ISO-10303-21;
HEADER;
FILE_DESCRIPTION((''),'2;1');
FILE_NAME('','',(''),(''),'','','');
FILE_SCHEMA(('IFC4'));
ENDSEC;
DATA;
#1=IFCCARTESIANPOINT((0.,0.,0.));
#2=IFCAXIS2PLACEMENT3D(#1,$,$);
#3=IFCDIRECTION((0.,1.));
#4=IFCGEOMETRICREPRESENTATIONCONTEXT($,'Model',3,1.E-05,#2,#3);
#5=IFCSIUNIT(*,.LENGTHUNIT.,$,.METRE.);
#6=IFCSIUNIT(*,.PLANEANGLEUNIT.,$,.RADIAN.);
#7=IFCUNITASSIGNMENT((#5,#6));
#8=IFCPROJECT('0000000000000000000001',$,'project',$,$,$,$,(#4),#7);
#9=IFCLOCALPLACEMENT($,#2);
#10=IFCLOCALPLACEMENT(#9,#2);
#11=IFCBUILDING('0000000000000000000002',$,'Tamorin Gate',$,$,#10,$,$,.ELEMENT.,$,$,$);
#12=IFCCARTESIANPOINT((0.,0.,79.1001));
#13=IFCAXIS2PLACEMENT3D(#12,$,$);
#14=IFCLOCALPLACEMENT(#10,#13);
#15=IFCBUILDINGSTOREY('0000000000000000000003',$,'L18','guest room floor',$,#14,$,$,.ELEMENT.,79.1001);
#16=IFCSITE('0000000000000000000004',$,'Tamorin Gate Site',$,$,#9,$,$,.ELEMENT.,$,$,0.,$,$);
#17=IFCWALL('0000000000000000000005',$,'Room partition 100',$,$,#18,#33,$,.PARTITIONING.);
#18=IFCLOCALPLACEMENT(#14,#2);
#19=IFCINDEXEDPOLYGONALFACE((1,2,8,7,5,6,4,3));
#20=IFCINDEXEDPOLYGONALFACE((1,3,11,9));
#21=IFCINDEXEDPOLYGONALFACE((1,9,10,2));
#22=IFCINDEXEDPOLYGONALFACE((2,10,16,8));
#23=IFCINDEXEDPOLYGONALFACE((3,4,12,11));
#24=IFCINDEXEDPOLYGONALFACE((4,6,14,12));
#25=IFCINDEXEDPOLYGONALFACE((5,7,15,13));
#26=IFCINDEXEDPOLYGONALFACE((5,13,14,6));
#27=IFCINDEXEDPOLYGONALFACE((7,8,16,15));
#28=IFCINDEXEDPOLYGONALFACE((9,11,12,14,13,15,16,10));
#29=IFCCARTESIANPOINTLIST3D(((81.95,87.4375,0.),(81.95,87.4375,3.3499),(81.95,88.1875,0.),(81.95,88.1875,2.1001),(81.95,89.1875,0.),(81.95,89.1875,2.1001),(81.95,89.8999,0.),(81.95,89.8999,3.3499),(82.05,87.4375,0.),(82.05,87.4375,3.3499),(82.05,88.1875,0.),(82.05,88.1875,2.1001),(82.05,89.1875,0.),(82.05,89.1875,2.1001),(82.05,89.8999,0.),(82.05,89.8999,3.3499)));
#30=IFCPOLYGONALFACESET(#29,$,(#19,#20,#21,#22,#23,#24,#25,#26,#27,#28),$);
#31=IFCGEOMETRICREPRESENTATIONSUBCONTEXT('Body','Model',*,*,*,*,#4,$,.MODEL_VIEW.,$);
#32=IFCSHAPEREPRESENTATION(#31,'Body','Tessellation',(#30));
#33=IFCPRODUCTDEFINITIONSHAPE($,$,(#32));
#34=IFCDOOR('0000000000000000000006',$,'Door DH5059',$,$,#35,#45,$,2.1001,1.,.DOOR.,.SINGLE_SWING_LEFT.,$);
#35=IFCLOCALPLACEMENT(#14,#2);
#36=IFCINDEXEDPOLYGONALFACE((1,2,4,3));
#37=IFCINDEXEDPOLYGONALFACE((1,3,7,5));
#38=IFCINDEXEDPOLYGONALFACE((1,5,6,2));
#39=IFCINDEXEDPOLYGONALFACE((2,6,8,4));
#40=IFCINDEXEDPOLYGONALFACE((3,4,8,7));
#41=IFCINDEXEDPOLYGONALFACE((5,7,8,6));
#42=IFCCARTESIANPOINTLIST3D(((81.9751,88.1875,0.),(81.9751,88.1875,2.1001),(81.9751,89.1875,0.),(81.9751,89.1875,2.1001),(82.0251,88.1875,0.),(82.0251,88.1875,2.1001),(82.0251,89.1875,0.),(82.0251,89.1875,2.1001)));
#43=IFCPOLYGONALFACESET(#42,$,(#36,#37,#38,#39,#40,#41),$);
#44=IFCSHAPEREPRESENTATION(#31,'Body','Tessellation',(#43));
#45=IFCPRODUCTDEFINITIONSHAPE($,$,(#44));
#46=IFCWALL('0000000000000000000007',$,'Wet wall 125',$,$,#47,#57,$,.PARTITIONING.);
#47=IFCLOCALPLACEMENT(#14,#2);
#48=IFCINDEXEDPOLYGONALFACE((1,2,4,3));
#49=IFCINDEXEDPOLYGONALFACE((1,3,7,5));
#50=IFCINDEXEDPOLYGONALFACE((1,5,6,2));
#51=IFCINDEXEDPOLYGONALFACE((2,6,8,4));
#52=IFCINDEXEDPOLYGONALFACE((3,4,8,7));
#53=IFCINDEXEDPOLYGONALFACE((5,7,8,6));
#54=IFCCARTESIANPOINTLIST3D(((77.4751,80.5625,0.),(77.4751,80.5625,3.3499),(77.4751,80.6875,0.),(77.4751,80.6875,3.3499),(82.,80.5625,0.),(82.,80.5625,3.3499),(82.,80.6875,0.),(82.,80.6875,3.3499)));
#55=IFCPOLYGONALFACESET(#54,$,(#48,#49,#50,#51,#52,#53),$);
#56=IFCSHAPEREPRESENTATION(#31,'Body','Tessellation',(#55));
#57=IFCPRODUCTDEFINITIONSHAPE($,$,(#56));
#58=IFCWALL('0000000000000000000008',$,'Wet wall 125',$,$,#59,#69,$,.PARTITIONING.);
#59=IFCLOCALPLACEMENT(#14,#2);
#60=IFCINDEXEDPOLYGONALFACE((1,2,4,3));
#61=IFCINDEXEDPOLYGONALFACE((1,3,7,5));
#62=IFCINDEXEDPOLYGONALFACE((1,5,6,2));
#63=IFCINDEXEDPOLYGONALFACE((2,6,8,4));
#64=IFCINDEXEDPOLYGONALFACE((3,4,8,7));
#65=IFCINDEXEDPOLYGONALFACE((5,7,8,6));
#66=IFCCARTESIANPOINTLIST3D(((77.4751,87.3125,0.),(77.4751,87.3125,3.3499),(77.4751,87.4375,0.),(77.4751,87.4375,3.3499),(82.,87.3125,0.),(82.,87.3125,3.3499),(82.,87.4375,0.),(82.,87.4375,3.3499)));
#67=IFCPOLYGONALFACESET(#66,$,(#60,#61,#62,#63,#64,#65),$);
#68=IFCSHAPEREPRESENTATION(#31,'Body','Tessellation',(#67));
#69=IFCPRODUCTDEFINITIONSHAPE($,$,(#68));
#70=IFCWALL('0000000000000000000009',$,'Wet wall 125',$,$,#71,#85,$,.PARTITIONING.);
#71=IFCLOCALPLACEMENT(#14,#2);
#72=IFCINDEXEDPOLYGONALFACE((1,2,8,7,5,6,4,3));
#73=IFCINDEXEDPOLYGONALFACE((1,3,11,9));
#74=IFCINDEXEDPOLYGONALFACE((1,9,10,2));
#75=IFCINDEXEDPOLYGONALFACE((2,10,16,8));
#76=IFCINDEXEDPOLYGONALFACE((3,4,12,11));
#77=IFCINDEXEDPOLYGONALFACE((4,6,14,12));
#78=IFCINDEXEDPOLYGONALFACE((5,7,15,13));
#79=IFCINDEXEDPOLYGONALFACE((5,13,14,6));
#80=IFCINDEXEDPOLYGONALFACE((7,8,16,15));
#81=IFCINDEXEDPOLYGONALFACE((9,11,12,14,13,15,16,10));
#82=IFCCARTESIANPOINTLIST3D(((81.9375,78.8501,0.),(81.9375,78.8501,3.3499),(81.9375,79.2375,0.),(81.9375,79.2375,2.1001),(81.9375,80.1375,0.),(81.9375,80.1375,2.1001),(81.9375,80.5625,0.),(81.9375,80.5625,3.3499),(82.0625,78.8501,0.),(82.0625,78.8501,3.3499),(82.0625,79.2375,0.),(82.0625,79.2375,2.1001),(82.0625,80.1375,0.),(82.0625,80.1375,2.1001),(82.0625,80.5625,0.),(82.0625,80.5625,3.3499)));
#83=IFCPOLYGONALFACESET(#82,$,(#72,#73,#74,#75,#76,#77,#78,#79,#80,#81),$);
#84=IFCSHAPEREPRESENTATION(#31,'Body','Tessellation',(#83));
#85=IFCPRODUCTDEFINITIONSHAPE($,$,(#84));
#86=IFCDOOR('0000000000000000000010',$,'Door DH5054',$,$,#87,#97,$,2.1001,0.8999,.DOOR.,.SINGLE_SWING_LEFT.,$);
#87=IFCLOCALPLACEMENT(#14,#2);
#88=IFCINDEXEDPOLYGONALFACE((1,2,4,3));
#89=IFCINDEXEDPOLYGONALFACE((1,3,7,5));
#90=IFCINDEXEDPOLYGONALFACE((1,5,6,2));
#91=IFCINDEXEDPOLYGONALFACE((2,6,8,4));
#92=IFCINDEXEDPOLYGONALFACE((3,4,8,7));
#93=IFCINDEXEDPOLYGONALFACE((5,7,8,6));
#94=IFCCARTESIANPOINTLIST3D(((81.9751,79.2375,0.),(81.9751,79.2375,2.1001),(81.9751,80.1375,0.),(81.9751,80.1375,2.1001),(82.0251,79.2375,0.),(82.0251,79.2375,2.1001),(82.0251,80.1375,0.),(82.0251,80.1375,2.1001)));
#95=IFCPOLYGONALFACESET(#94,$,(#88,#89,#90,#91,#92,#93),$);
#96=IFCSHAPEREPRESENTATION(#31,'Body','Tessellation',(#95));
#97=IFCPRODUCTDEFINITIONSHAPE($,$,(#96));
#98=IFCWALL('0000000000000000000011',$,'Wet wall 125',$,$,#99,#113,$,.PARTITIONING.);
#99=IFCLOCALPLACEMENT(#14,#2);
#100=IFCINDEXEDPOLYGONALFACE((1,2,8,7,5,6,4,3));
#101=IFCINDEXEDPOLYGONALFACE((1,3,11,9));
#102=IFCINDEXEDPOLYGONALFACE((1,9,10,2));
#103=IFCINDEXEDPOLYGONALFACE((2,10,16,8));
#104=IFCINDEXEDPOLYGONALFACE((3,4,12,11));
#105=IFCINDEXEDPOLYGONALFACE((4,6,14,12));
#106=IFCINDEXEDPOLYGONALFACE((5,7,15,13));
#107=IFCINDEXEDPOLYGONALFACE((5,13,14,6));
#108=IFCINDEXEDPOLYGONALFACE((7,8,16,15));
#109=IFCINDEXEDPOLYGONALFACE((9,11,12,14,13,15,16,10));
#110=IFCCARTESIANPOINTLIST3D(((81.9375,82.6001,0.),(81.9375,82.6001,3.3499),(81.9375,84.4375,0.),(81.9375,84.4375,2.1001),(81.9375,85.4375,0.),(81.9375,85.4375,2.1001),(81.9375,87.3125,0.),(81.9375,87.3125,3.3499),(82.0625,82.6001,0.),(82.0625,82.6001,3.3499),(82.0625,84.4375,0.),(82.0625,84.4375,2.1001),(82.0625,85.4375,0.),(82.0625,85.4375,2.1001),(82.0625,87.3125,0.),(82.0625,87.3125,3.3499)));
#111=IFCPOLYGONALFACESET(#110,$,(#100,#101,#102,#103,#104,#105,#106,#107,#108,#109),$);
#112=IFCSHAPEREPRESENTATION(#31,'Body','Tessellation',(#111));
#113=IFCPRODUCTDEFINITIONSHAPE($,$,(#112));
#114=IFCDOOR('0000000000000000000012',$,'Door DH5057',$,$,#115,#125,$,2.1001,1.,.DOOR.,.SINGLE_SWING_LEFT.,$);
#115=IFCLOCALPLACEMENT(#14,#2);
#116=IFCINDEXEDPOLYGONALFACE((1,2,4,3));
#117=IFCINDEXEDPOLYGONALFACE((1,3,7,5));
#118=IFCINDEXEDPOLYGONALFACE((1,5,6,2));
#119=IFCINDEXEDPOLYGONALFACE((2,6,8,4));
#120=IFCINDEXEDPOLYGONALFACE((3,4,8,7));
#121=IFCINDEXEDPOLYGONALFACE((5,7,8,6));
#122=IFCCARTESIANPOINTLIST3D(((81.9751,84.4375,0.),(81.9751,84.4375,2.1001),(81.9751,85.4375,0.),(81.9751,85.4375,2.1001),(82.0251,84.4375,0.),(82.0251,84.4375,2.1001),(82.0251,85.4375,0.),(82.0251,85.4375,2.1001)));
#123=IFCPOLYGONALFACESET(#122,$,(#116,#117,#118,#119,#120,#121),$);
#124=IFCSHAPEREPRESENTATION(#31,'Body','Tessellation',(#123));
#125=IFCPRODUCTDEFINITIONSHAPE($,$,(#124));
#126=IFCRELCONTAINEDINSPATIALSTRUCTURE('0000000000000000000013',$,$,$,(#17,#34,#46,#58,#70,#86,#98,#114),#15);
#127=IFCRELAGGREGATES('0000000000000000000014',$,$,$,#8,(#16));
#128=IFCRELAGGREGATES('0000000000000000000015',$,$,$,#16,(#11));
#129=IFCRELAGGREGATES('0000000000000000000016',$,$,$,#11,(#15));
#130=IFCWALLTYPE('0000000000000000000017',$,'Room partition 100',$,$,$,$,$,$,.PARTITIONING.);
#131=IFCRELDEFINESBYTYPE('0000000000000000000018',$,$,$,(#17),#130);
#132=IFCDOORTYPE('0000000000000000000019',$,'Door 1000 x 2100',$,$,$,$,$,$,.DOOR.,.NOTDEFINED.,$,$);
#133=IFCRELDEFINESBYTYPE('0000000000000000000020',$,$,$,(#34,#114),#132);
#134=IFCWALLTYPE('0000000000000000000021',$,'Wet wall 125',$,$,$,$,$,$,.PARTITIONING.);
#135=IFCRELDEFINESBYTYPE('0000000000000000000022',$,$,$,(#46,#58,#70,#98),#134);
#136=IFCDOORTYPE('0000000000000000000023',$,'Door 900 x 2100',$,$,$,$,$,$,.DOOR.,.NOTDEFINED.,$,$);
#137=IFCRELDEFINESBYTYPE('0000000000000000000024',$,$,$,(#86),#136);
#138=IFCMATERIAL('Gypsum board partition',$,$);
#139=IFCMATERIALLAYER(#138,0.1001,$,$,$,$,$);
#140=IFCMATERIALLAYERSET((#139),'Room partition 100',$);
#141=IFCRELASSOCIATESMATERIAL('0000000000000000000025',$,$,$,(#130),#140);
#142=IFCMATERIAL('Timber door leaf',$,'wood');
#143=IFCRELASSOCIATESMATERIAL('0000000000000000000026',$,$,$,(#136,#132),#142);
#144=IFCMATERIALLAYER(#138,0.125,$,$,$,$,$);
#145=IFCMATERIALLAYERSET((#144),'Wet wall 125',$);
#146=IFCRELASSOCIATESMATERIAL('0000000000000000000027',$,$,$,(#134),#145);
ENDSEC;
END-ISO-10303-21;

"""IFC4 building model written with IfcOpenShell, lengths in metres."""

from ifc_helpers import new_model, si_unit, direction, frame, frame_2d, origin, place, context, subcontext, project, spatial, rectangle, extrude, material, layer, layer_set, type_object, element, fill, save


model = new_model("IFC4")

# Units and contexts
model_context = context("Model", 3, precision=1e-05, world=origin(), true_north=direction((0.0, 1.0)))
body_context = subcontext(model_context, "Body", "Model", "MODEL_VIEW")
ifc_project = project(units=[si_unit("LENGTHUNIT", "METRE"), si_unit("PLANEANGLEUNIT", "RADIAN")], contexts=[model_context])

# Site, building, storey
site_placement = place(None, origin())
site = spatial("IfcSite", under=ifc_project, at=site_placement, Name="Tamorin Gate Site", CompositionType="ELEMENT", RefElevation=0.0)
building_placement = place(site_placement, origin())
building = spatial("IfcBuilding", under=site, at=building_placement, Name="Tamorin Gate", CompositionType="ELEMENT")
storey_placement = place(building_placement, frame((0.0, 0.0, 79.1001)))
storey = spatial("IfcBuildingStorey", under=building, at=storey_placement, Name="L18", Description="guest room floor", CompositionType="ELEMENT", Elevation=79.1001)

# Shared definitions
ifc_material_1 = material(Name="Gypsum board partition")

# Wall, opening, door
ifc_layer_1 = layer(ifc_material_1, 0.1001)
ifc_layer_set_1 = layer_set([ifc_layer_1], Name="Room partition 100")
wall_type_1 = type_object("IfcWallType", Name="Room partition 100", PredefinedType="PARTITIONING", material=ifc_layer_set_1)
ifc_material_2 = material(Name="Timber door leaf", Category="wood")
door_type_1 = type_object("IfcDoorType", Name="Door 900 x 2100", OperationType="NOTDEFINED", PredefinedType="DOOR", material=ifc_material_2)
wall_1_placement = place(storey_placement, frame((82.0, 87.4375, 0.0), z_axis=(0.0, 0.0, 1.0), x_axis=(0.0, 1.0, 0.0)))
wall_1 = element("IfcWall", 1, at=wall_1_placement, inside=storey, type_object=wall_type_1, Name="Room partition 100", PredefinedType="PARTITIONING", context=body_context, shape_type="SweptSolid", body=[
    extrude(rectangle(XDim=2.4624, YDim=0.1001, at=frame_2d((1.2312, 0.0))), origin(), (0.0, 0.0, 1.0), 3.3499),
])
opening_1_placement = place(wall_1_placement, frame((0.75, 0.0, 0.0)))
opening_1 = element("IfcOpeningElement", 2, at=opening_1_placement, cuts=wall_1, PredefinedType="OPENING", context=body_context, shape_type="SweptSolid", body=[
    extrude(rectangle(XDim=1.0, YDim=2.1001, at=frame_2d((0.5, 1.05))), frame((0.0, 0.0601, 0.0), z_axis=(0.0, -1.0, 0.0), x_axis=(1.0, 0.0, 0.0)), (0.0, 0.0, 1.0), 0.1201),
])
door_type_2 = type_object("IfcDoorType", Name="Door 1000 x 2100", OperationType="NOTDEFINED", PredefinedType="DOOR", material=ifc_material_2)
door_1_placement = place(opening_1_placement, origin())
door_1 = element("IfcDoor", 3, at=door_1_placement, inside=storey, type_object=door_type_2, Name="Door DH5059", OperationType="SINGLE_SWING_LEFT", OverallHeight=2.1001, OverallWidth=1.0, PredefinedType="DOOR", context=body_context, shape_type="SweptSolid", body=[
    extrude(rectangle(XDim=1.0, YDim=2.1001, at=frame_2d((0.5, 1.05))), frame((0.0, 0.0249, 0.0), z_axis=(0.0, -1.0, 0.0), x_axis=(1.0, 0.0, 0.0)), (0.0, 0.0, 1.0), 0.05),
])
fill(opening_1, door_1)

# Walls
ifc_layer_2 = layer(ifc_material_1, 0.125)
ifc_layer_set_2 = layer_set([ifc_layer_2], Name="Wet wall 125")
wall_type_2 = type_object("IfcWallType", Name="Wet wall 125", PredefinedType="PARTITIONING", material=ifc_layer_set_2)
for number, where, z_axis, x_axis, name in (
    (4, (77.4751, 80.625, 0.0), (0.0, 0.0, 1.0), (1.0, 0.0, 0.0), "Wet wall 125"),
    (5, (77.4751, 87.375, 0.0), (0.0, 0.0, 1.0), (1.0, 0.0, 0.0), "Wet wall 125"),
):
    element("IfcWall", number, at=place(storey_placement, frame(where, z_axis=z_axis, x_axis=x_axis)), inside=storey, type_object=wall_type_2, Name=name, PredefinedType="PARTITIONING", context=body_context, shape_type="SweptSolid", body=[
        extrude(rectangle(XDim=4.5249, YDim=0.125, at=frame_2d((2.2625, 0.0))), origin(), (0.0, 0.0, 1.0), 3.3499),
    ])

# Walls, openings, doors
wall_2_placement = place(storey_placement, frame((82.0, 78.8501, 0.0), z_axis=(0.0, 0.0, 1.0), x_axis=(0.0, 1.0, 0.0)))
wall_2 = element("IfcWall", 6, at=wall_2_placement, inside=storey, type_object=wall_type_2, Name="Wet wall 125", PredefinedType="PARTITIONING", context=body_context, shape_type="SweptSolid", body=[
    extrude(rectangle(XDim=1.7124, YDim=0.125, at=frame_2d((0.8562, 0.0))), origin(), (0.0, 0.0, 1.0), 3.3499),
])
opening_2_placement = place(wall_2_placement, frame((0.3875, 0.0, 0.0)))
opening_2 = element("IfcOpeningElement", 7, at=opening_2_placement, cuts=wall_2, PredefinedType="OPENING", context=body_context, shape_type="SweptSolid", body=[
    extrude(rectangle(XDim=0.8999, YDim=2.1001, at=frame_2d((0.45, 1.05))), frame((0.0, 0.0725, 0.0), z_axis=(0.0, -1.0, 0.0), x_axis=(1.0, 0.0, 0.0)), (0.0, 0.0, 1.0), 0.145),
])
door_2_placement = place(opening_2_placement, origin())
door_2 = element("IfcDoor", 8, at=door_2_placement, inside=storey, type_object=door_type_1, Name="Door DH5054", OperationType="SINGLE_SWING_LEFT", OverallHeight=2.1001, OverallWidth=0.8999, PredefinedType="DOOR", context=body_context, shape_type="SweptSolid", body=[
    extrude(rectangle(XDim=0.8999, YDim=2.1001, at=frame_2d((0.45, 1.05))), frame((0.0, 0.0249, 0.0), z_axis=(0.0, -1.0, 0.0), x_axis=(1.0, 0.0, 0.0)), (0.0, 0.0, 1.0), 0.05),
])
fill(opening_2, door_2)
wall_3_placement = place(storey_placement, frame((82.0, 82.6001, 0.0), z_axis=(0.0, 0.0, 1.0), x_axis=(0.0, 1.0, 0.0)))
wall_3 = element("IfcWall", 9, at=wall_3_placement, inside=storey, type_object=wall_type_2, Name="Wet wall 125", PredefinedType="PARTITIONING", context=body_context, shape_type="SweptSolid", body=[
    extrude(rectangle(XDim=4.7124, YDim=0.125, at=frame_2d((2.3562, 0.0))), origin(), (0.0, 0.0, 1.0), 3.3499),
])
opening_3_placement = place(wall_3_placement, frame((1.8374, 0.0, 0.0)))
opening_3 = element("IfcOpeningElement", 10, at=opening_3_placement, cuts=wall_3, PredefinedType="OPENING", context=body_context, shape_type="SweptSolid", body=[
    extrude(rectangle(XDim=1.0, YDim=2.1001, at=frame_2d((0.5, 1.05))), frame((0.0, 0.0725, 0.0), z_axis=(0.0, -1.0, 0.0), x_axis=(1.0, 0.0, 0.0)), (0.0, 0.0, 1.0), 0.145),
])
door_3_placement = place(opening_3_placement, origin())
door_3 = element("IfcDoor", 11, at=door_3_placement, inside=storey, type_object=door_type_2, Name="Door DH5057", OperationType="SINGLE_SWING_LEFT", OverallHeight=2.1001, OverallWidth=1.0, PredefinedType="DOOR", context=body_context, shape_type="SweptSolid", body=[
    extrude(rectangle(XDim=1.0, YDim=2.1001, at=frame_2d((0.5, 1.05))), frame((0.0, 0.0249, 0.0), z_axis=(0.0, -1.0, 0.0), x_axis=(1.0, 0.0, 0.0)), (0.0, 0.0, 1.0), 0.05),
])
fill(opening_3, door_3)

save(model, "model.ifc")
